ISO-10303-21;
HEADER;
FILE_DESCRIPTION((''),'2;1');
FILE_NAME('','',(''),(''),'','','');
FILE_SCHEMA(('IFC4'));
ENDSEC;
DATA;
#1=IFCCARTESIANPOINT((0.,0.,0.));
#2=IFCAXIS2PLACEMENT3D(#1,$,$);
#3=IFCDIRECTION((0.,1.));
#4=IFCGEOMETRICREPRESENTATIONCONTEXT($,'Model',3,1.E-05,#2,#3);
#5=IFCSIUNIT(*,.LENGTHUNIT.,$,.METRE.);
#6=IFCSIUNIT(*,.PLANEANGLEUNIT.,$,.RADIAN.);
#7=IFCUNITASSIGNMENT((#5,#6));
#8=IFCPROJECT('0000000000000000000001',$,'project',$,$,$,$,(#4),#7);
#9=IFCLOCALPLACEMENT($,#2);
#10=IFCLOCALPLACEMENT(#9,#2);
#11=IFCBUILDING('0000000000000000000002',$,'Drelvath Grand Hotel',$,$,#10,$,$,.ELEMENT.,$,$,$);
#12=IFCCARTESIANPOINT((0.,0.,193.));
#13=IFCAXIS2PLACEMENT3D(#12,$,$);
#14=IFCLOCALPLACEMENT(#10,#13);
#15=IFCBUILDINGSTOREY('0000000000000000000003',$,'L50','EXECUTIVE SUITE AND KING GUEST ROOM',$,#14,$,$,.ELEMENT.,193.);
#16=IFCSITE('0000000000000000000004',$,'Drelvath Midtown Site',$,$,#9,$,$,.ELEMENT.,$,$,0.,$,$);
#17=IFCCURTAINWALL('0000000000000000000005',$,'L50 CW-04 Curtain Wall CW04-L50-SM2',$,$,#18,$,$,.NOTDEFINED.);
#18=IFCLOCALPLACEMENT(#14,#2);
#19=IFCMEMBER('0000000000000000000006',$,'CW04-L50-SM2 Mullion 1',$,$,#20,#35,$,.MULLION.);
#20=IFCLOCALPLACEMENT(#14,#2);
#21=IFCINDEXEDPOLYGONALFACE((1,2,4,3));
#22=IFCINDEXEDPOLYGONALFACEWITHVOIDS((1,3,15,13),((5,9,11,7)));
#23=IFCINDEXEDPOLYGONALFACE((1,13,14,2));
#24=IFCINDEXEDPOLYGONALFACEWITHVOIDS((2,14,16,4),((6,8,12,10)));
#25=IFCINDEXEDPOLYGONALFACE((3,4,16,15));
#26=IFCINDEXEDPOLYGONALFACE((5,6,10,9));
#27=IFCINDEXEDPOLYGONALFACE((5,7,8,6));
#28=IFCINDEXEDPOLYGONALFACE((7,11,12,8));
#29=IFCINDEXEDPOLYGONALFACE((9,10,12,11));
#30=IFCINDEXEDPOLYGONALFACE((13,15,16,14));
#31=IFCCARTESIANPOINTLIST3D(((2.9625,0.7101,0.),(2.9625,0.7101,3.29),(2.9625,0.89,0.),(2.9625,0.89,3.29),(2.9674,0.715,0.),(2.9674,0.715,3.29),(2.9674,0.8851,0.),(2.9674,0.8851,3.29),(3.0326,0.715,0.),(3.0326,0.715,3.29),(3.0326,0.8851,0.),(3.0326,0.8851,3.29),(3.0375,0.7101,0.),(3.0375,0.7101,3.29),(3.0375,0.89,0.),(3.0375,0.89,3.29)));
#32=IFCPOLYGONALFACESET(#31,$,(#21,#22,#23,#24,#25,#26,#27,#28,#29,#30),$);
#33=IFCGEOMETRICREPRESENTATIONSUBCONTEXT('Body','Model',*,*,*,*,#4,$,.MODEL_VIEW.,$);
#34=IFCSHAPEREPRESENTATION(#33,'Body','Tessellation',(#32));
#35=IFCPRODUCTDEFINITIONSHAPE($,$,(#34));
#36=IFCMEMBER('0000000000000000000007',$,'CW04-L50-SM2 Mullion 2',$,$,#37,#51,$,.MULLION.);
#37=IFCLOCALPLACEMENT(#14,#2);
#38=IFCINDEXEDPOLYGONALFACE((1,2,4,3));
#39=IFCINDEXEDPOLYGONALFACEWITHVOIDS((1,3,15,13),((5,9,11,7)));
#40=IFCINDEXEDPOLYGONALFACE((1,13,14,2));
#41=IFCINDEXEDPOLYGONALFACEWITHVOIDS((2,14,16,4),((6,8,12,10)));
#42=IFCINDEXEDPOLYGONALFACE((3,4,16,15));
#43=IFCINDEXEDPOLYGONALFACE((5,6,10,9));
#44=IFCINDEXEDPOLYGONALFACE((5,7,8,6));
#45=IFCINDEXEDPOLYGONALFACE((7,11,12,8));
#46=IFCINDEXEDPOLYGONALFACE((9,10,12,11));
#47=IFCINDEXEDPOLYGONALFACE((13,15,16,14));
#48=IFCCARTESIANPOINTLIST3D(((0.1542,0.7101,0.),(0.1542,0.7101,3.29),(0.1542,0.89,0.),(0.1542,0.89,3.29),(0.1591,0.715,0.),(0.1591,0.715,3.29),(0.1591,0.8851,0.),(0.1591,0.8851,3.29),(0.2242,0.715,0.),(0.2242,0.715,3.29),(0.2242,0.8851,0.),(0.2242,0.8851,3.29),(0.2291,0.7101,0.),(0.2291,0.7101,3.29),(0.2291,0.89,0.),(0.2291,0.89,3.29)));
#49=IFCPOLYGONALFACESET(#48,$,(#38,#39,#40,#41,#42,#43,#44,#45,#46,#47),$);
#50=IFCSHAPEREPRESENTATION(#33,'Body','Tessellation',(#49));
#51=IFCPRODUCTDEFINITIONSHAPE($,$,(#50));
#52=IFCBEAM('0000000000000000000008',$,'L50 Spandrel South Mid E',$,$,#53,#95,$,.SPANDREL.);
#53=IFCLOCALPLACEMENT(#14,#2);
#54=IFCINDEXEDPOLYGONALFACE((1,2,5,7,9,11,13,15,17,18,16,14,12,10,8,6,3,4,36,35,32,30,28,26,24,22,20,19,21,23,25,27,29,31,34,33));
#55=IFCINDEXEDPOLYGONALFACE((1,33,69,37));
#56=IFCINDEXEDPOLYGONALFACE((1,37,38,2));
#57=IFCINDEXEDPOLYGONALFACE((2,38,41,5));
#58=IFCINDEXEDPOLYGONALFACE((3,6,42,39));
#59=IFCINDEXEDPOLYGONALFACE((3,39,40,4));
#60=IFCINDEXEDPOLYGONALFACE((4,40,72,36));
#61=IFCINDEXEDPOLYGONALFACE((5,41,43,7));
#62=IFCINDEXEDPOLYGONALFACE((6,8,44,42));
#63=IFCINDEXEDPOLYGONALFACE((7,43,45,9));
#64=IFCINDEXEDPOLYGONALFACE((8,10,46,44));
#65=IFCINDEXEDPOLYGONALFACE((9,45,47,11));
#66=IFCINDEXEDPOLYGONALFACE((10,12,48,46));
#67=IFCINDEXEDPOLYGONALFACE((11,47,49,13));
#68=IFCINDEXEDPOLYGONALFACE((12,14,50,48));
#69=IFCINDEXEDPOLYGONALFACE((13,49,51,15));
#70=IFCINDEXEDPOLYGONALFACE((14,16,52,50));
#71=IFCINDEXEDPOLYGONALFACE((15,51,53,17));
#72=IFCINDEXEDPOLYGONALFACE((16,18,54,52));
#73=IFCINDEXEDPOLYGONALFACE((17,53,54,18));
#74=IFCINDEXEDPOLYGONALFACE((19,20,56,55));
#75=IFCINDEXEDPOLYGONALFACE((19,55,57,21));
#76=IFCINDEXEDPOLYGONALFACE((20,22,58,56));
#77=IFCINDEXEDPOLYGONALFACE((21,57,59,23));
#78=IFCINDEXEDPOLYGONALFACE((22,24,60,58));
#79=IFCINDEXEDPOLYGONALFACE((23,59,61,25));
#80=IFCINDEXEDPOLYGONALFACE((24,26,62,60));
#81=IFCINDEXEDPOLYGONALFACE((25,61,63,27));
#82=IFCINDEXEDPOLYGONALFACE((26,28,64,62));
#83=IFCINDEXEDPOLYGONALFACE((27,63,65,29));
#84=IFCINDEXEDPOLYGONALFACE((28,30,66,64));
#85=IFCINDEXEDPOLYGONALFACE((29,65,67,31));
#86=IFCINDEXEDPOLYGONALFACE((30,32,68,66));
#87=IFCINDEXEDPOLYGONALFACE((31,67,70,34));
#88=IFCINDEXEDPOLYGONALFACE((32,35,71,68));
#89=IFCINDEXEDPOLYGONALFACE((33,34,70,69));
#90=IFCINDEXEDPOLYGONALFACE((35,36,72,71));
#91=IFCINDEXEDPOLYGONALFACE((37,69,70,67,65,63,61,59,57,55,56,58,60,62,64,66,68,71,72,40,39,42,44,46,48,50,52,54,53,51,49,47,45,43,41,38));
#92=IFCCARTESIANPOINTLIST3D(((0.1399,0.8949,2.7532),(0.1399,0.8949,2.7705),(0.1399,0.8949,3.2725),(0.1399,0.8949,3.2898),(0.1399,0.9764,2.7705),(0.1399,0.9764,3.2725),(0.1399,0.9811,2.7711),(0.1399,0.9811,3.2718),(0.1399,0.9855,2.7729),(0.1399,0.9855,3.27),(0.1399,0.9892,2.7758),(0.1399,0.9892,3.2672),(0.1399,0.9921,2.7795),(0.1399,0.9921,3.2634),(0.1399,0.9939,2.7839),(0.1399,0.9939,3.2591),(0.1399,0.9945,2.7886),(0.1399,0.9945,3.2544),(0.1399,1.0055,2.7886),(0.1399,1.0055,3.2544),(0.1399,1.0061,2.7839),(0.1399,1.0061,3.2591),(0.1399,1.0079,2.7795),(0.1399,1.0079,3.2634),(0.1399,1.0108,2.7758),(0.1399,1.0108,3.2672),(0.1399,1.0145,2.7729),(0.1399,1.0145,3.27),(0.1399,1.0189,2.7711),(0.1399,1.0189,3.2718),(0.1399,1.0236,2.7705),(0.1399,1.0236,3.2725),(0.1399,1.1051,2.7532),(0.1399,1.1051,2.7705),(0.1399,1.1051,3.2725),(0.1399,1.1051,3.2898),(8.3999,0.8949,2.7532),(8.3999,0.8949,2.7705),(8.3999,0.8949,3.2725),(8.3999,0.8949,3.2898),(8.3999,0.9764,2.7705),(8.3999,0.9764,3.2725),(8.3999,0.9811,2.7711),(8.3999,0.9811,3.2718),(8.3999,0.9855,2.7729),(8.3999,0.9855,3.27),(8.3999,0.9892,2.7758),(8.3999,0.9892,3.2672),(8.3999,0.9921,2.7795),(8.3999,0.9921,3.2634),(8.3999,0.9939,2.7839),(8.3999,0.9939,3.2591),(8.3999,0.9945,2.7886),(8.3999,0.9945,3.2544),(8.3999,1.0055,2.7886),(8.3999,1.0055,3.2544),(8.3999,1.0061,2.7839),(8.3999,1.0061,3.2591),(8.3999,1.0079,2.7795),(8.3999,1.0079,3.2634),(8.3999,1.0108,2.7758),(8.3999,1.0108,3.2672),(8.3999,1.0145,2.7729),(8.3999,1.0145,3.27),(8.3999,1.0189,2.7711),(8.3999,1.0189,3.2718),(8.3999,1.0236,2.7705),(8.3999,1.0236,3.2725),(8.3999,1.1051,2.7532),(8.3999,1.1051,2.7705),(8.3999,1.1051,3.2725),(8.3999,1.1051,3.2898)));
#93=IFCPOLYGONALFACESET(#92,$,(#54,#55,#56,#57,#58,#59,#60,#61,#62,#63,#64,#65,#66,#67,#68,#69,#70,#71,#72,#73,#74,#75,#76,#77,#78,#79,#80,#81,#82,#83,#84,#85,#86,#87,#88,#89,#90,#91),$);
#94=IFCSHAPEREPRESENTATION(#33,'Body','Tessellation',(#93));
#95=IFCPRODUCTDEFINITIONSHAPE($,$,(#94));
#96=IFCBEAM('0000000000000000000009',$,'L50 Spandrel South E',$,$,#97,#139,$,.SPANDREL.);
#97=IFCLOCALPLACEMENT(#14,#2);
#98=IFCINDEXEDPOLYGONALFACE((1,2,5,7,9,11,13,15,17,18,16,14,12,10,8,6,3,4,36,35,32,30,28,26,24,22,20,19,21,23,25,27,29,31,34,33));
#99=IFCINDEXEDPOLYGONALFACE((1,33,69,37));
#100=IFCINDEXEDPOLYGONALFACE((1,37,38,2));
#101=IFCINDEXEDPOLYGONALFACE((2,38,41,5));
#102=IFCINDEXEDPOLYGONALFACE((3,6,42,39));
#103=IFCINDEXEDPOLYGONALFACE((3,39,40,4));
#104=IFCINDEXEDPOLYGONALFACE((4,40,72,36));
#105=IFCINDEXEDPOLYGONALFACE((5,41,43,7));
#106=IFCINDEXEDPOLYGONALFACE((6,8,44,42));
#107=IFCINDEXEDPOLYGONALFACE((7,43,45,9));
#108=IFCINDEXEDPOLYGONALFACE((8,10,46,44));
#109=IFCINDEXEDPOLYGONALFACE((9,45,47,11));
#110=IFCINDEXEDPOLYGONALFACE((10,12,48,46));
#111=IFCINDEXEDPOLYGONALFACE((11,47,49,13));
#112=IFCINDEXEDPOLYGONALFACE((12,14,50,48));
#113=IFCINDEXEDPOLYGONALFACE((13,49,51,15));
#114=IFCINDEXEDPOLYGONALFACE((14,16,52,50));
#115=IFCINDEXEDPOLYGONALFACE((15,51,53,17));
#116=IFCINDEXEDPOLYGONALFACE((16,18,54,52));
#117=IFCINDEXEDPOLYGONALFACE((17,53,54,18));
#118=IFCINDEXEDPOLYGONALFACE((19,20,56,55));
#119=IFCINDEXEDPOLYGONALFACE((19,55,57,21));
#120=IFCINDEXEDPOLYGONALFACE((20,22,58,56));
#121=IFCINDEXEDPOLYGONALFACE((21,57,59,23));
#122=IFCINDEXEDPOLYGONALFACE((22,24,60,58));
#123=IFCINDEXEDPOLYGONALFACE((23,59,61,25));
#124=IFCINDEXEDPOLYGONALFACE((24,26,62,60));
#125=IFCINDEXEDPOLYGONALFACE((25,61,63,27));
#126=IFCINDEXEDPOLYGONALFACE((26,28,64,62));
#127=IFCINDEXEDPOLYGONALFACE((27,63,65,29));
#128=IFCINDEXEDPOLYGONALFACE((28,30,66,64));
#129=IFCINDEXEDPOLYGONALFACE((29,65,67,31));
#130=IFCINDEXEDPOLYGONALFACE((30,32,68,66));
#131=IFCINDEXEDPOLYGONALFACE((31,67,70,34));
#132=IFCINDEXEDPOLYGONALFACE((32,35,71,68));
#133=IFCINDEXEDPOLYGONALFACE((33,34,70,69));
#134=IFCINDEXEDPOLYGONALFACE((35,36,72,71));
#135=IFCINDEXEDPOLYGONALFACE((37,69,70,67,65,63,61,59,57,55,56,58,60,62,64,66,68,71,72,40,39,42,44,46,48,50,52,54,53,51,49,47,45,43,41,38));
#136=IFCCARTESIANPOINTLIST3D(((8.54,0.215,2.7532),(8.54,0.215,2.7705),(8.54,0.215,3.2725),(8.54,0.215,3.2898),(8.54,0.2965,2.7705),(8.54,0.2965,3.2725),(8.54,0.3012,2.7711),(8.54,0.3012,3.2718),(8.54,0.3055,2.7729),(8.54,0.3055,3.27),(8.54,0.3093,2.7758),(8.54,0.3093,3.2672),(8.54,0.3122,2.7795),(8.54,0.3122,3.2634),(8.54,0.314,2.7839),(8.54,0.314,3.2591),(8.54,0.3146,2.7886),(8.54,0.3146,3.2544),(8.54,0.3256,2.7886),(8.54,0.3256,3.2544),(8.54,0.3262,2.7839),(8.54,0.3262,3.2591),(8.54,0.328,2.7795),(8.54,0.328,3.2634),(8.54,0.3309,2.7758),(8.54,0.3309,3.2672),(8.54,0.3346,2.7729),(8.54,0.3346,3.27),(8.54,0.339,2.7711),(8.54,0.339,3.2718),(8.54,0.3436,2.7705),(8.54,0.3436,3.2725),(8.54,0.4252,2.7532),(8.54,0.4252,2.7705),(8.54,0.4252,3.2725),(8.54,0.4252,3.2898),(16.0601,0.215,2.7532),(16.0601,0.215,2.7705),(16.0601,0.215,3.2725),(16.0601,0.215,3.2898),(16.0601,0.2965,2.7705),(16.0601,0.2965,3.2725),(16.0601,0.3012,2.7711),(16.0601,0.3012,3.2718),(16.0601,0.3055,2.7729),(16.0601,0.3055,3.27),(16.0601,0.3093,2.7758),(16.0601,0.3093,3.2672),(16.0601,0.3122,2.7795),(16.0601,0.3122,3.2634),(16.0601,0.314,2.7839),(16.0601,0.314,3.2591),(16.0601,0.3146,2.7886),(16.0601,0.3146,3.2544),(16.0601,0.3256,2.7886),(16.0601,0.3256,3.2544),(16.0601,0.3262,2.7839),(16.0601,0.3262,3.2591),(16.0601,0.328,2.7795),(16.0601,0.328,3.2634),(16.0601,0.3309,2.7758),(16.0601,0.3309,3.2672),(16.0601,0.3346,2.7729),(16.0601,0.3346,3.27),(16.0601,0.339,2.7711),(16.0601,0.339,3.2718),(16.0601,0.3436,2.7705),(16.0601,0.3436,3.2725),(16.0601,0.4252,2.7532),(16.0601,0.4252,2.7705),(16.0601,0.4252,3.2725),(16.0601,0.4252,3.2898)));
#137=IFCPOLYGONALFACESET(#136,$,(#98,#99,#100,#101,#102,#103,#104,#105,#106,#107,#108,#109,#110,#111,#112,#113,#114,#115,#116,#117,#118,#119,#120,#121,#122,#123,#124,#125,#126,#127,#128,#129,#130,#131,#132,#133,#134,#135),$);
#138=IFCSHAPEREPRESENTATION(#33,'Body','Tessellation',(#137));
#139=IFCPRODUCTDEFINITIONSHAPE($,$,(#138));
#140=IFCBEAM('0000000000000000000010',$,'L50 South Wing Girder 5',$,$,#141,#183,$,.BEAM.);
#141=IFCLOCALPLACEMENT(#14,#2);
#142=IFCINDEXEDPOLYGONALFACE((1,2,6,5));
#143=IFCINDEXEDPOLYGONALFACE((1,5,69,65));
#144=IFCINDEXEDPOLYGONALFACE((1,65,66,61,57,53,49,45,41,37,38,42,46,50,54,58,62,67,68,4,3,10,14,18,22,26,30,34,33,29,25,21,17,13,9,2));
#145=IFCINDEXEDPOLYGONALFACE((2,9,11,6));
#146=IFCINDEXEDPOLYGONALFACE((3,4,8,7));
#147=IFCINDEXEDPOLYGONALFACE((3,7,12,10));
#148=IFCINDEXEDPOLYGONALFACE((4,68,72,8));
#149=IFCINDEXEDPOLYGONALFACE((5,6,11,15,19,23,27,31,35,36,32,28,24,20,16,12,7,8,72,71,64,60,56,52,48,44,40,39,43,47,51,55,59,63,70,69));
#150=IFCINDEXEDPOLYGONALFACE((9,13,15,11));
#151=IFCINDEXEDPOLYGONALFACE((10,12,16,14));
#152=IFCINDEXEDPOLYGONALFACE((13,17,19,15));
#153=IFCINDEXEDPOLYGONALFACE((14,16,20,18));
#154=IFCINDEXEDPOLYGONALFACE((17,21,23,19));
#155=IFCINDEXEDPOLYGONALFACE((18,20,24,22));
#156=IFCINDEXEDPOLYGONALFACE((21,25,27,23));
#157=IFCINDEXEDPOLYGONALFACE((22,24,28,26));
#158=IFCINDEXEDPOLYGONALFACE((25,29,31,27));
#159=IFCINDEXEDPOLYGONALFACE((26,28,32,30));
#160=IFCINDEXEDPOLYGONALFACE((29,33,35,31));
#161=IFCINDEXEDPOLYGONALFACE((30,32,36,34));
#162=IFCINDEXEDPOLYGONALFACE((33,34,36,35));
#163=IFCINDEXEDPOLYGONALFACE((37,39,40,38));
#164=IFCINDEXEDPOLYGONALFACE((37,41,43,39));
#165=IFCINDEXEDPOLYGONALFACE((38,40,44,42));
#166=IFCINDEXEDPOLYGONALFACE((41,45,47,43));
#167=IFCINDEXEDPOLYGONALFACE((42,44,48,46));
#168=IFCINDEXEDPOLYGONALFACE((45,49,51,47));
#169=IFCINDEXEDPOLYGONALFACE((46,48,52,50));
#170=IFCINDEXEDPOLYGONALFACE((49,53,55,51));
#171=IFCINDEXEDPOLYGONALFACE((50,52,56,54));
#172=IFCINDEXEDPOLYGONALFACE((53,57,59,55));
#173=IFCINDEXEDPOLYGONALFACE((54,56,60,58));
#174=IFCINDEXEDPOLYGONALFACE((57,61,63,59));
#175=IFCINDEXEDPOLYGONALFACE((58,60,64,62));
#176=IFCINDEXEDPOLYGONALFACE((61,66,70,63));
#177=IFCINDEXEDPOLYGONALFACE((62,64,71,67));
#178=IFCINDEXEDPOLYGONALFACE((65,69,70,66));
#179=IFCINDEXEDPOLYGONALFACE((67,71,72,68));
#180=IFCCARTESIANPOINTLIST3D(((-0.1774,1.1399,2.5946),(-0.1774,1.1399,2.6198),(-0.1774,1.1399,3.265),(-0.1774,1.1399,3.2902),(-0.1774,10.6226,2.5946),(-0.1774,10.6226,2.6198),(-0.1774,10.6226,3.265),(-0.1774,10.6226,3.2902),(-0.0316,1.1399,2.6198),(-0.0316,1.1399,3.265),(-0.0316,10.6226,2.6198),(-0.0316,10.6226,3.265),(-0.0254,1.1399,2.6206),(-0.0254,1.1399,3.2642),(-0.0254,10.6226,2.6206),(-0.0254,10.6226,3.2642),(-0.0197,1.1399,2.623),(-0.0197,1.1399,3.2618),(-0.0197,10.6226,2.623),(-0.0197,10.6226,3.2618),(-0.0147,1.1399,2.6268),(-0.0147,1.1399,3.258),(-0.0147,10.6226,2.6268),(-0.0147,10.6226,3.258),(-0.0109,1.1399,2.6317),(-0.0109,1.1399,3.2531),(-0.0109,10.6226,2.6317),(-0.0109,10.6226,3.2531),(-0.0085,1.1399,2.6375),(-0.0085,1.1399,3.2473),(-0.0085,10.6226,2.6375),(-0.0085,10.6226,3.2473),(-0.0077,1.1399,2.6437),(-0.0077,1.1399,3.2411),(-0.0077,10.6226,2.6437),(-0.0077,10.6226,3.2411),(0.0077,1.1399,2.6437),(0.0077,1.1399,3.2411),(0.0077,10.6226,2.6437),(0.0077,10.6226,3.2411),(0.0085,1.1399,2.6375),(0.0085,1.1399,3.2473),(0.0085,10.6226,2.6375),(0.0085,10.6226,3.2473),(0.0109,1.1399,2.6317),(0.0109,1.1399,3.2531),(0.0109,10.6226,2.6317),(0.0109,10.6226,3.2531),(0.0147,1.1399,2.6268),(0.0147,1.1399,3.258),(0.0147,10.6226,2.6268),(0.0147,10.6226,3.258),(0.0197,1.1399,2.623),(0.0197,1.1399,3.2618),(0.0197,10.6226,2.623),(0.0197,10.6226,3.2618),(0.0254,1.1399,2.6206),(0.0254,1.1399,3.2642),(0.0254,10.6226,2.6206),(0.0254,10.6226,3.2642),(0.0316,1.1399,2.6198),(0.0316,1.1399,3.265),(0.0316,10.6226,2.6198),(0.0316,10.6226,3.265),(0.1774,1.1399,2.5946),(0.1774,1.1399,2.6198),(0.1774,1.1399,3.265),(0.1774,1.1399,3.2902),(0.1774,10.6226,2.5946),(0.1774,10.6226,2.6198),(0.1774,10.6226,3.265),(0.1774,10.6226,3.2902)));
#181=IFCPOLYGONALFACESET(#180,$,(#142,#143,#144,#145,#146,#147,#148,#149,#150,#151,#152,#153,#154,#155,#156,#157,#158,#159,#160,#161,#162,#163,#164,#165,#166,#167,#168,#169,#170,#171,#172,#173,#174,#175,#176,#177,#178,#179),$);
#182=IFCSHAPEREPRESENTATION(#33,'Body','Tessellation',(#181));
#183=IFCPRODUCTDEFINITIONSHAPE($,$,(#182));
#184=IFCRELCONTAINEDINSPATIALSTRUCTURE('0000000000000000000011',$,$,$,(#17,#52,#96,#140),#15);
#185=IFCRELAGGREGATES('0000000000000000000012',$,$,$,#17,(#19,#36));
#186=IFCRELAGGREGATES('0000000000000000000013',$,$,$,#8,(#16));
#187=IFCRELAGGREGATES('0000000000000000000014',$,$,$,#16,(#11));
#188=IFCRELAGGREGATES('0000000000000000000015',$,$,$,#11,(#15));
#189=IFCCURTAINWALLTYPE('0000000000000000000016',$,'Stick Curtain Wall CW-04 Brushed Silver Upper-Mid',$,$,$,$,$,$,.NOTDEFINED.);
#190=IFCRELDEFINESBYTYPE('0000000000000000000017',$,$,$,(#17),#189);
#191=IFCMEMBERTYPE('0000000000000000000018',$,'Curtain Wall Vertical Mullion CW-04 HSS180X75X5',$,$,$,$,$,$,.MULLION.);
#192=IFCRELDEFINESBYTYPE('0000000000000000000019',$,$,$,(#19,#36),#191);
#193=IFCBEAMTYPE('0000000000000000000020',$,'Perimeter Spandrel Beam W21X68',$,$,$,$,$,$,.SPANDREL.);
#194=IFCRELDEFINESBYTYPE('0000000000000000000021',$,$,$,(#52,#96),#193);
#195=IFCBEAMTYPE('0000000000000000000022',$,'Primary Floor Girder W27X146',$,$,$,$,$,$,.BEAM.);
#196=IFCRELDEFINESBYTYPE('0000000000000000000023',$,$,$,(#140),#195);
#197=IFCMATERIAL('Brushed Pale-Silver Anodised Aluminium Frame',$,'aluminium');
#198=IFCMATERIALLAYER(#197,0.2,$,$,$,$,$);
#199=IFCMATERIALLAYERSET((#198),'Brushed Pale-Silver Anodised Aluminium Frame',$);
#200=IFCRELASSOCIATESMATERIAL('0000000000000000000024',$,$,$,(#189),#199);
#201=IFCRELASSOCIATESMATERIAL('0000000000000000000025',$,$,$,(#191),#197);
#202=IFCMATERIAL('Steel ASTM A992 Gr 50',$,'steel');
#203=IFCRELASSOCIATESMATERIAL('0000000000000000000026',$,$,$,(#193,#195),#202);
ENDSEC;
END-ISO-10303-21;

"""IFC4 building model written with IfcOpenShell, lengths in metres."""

from ifc_helpers import new_model, si_unit, direction, frame, origin, origin_2d, place, context, subcontext, project, spatial, hollow_rectangle, i_section, extrude, material, layer, layer_set, material_profile, profile_set, type_object, element, aggregate, save


model = new_model("IFC4")

# Units and contexts
model_context = context("Model", 3, precision=1e-05, world=origin(), true_north=direction((0.0, 1.0)))
body_context = subcontext(model_context, "Body", "Model", "MODEL_VIEW")
ifc_project = project(units=[si_unit("LENGTHUNIT", "METRE"), si_unit("PLANEANGLEUNIT", "RADIAN")], contexts=[model_context])

# Site, building, storey
site_placement = place(None, origin())
site = spatial("IfcSite", under=ifc_project, at=site_placement, Name="Drelvath Midtown Site", CompositionType="ELEMENT", RefElevation=0.0)
building_placement = place(site_placement, origin())
building = spatial("IfcBuilding", under=site, at=building_placement, Name="Drelvath Grand Hotel", CompositionType="ELEMENT")
storey_placement = place(building_placement, frame((0.0, 0.0, 193.0)))
storey = spatial("IfcBuildingStorey", under=building, at=storey_placement, Name="L50", Description="EXECUTIVE SUITE AND KING GUEST ROOM", CompositionType="ELEMENT", Elevation=193.0)

# Curtain wall
ifc_material_1 = material(Name="Brushed Pale-Silver Anodised Aluminium Frame", Category="aluminium")
ifc_layer_1 = layer(ifc_material_1, 0.2)
ifc_layer_set_1 = layer_set([ifc_layer_1], Name="Brushed Pale-Silver Anodised Aluminium Frame")
curtain_wall_type = type_object("IfcCurtainWallType", Name="Stick Curtain Wall CW-04 Brushed Silver Upper-Mid", PredefinedType="NOTDEFINED", material=ifc_layer_set_1)
curtain_wall_1_placement = place(storey_placement, origin())
curtain_wall_1 = element("IfcCurtainWall", 1, at=curtain_wall_1_placement, inside=storey, type_object=curtain_wall_type, Name="L50 CW-04 Curtain Wall CW04-L50-SM2", PredefinedType="NOTDEFINED")

# Members
ifc_material_profile_1 = material_profile(ifc_material_1, hollow_rectangle(XDim=0.075, YDim=0.1799, WallThickness=0.0049, at=origin_2d()), Name="HSS180X75X5")
ifc_profile_set_1 = profile_set([ifc_material_profile_1], Name="Brushed Pale-Silver Anodised Aluminium Frame")
member_type_1 = type_object("IfcMemberType", Name="Curtain Wall Vertical Mullion CW-04 HSS180X75X5", PredefinedType="MULLION", material=ifc_profile_set_1)
member_1_placement = place(storey_placement, frame((3.0, 0.8, 0.0), z_axis=(0.0, 0.0, 1.0), x_axis=(1.0, 0.0, 0.0)))
member_1 = element("IfcMember", 2, at=member_1_placement, type_object=member_type_1, Name="CW04-L50-SM2 Mullion 1", PredefinedType="MULLION", context=body_context, shape_type="SweptSolid", body=[
    extrude(hollow_rectangle(XDim=0.075, YDim=0.1799, WallThickness=0.0049, at=origin_2d()), origin(), (0.0, 0.0, 1.0), 3.29),
])
member_2_placement = place(storey_placement, frame((0.1917, 0.8, 0.0), z_axis=(0.0, 0.0, 1.0), x_axis=(1.0, 0.0, 0.0)))
member_2 = element("IfcMember", 3, at=member_2_placement, type_object=member_type_1, Name="CW04-L50-SM2 Mullion 2", PredefinedType="MULLION", context=body_context, shape_type="SweptSolid", body=[
    extrude(hollow_rectangle(XDim=0.075, YDim=0.1799, WallThickness=0.0049, at=origin_2d()), origin(), (0.0, 0.0, 1.0), 3.29),
])

# Beams
ifc_material_2 = material(Name="Steel ASTM A992 Gr 50", Category="steel")
ifc_material_profile_2 = material_profile(ifc_material_2, i_section(OverallWidth=0.2102, OverallDepth=0.5366, WebThickness=0.011, FlangeThickness=0.0173, FilletRadius=0.0181, at=origin_2d()), Name="W21X68")
ifc_profile_set_2 = profile_set([ifc_material_profile_2], Name="Steel ASTM A992 Gr 50")
beam_type_1 = type_object("IfcBeamType", Name="Perimeter Spandrel Beam W21X68", PredefinedType="SPANDREL", material=ifc_profile_set_2)
beam_1_placement = place(storey_placement, frame((0.1399, 1.0, 3.0215), z_axis=(1.0, 0.0, 0.0), x_axis=(0.0, 1.0, 0.0)))
element("IfcBeam", 4, at=beam_1_placement, inside=storey, type_object=beam_type_1, Name="L50 Spandrel South Mid E", PredefinedType="SPANDREL", context=body_context, shape_type="SweptSolid", body=[
    extrude(i_section(OverallWidth=0.2102, OverallDepth=0.5366, WebThickness=0.011, FlangeThickness=0.0173, FilletRadius=0.0181, at=origin_2d()), origin(), (0.0, 0.0, 1.0), 8.26),
])
beam_2_placement = place(storey_placement, frame((8.54, 0.3201, 3.0215), z_axis=(1.0, 0.0, 0.0), x_axis=(0.0, 1.0, 0.0)))
element("IfcBeam", 5, at=beam_2_placement, inside=storey, type_object=beam_type_1, Name="L50 Spandrel South E", PredefinedType="SPANDREL", context=body_context, shape_type="SweptSolid", body=[
    extrude(i_section(OverallWidth=0.2102, OverallDepth=0.5366, WebThickness=0.011, FlangeThickness=0.0173, FilletRadius=0.0181, at=origin_2d()), origin(), (0.0, 0.0, 1.0), 7.52),
])
ifc_material_profile_3 = material_profile(ifc_material_2, i_section(OverallWidth=0.3547, OverallDepth=0.6956, WebThickness=0.0154, FlangeThickness=0.0251, FilletRadius=0.0239, at=origin_2d()), Name="W27X146")
ifc_profile_set_3 = profile_set([ifc_material_profile_3], Name="Steel ASTM A992 Gr 50")
beam_type_2 = type_object("IfcBeamType", Name="Primary Floor Girder W27X146", PredefinedType="BEAM", material=ifc_profile_set_3)
beam_3_placement = place(storey_placement, frame((0.0, 1.1399, 2.9424), z_axis=(0.0, 1.0, 0.0), x_axis=(-1.0, 0.0, 0.0)))
element("IfcBeam", 6, at=beam_3_placement, inside=storey, type_object=beam_type_2, Name="L50 South Wing Girder 5", PredefinedType="BEAM", context=body_context, shape_type="SweptSolid", body=[
    extrude(i_section(OverallWidth=0.3547, OverallDepth=0.6956, WebThickness=0.0154, FlangeThickness=0.0251, FilletRadius=0.0239, at=origin_2d()), origin(), (0.0, 0.0, 1.0), 9.4827),
])

aggregate(curtain_wall_1, [member_1, member_2])

save(model, "model.ifc")
